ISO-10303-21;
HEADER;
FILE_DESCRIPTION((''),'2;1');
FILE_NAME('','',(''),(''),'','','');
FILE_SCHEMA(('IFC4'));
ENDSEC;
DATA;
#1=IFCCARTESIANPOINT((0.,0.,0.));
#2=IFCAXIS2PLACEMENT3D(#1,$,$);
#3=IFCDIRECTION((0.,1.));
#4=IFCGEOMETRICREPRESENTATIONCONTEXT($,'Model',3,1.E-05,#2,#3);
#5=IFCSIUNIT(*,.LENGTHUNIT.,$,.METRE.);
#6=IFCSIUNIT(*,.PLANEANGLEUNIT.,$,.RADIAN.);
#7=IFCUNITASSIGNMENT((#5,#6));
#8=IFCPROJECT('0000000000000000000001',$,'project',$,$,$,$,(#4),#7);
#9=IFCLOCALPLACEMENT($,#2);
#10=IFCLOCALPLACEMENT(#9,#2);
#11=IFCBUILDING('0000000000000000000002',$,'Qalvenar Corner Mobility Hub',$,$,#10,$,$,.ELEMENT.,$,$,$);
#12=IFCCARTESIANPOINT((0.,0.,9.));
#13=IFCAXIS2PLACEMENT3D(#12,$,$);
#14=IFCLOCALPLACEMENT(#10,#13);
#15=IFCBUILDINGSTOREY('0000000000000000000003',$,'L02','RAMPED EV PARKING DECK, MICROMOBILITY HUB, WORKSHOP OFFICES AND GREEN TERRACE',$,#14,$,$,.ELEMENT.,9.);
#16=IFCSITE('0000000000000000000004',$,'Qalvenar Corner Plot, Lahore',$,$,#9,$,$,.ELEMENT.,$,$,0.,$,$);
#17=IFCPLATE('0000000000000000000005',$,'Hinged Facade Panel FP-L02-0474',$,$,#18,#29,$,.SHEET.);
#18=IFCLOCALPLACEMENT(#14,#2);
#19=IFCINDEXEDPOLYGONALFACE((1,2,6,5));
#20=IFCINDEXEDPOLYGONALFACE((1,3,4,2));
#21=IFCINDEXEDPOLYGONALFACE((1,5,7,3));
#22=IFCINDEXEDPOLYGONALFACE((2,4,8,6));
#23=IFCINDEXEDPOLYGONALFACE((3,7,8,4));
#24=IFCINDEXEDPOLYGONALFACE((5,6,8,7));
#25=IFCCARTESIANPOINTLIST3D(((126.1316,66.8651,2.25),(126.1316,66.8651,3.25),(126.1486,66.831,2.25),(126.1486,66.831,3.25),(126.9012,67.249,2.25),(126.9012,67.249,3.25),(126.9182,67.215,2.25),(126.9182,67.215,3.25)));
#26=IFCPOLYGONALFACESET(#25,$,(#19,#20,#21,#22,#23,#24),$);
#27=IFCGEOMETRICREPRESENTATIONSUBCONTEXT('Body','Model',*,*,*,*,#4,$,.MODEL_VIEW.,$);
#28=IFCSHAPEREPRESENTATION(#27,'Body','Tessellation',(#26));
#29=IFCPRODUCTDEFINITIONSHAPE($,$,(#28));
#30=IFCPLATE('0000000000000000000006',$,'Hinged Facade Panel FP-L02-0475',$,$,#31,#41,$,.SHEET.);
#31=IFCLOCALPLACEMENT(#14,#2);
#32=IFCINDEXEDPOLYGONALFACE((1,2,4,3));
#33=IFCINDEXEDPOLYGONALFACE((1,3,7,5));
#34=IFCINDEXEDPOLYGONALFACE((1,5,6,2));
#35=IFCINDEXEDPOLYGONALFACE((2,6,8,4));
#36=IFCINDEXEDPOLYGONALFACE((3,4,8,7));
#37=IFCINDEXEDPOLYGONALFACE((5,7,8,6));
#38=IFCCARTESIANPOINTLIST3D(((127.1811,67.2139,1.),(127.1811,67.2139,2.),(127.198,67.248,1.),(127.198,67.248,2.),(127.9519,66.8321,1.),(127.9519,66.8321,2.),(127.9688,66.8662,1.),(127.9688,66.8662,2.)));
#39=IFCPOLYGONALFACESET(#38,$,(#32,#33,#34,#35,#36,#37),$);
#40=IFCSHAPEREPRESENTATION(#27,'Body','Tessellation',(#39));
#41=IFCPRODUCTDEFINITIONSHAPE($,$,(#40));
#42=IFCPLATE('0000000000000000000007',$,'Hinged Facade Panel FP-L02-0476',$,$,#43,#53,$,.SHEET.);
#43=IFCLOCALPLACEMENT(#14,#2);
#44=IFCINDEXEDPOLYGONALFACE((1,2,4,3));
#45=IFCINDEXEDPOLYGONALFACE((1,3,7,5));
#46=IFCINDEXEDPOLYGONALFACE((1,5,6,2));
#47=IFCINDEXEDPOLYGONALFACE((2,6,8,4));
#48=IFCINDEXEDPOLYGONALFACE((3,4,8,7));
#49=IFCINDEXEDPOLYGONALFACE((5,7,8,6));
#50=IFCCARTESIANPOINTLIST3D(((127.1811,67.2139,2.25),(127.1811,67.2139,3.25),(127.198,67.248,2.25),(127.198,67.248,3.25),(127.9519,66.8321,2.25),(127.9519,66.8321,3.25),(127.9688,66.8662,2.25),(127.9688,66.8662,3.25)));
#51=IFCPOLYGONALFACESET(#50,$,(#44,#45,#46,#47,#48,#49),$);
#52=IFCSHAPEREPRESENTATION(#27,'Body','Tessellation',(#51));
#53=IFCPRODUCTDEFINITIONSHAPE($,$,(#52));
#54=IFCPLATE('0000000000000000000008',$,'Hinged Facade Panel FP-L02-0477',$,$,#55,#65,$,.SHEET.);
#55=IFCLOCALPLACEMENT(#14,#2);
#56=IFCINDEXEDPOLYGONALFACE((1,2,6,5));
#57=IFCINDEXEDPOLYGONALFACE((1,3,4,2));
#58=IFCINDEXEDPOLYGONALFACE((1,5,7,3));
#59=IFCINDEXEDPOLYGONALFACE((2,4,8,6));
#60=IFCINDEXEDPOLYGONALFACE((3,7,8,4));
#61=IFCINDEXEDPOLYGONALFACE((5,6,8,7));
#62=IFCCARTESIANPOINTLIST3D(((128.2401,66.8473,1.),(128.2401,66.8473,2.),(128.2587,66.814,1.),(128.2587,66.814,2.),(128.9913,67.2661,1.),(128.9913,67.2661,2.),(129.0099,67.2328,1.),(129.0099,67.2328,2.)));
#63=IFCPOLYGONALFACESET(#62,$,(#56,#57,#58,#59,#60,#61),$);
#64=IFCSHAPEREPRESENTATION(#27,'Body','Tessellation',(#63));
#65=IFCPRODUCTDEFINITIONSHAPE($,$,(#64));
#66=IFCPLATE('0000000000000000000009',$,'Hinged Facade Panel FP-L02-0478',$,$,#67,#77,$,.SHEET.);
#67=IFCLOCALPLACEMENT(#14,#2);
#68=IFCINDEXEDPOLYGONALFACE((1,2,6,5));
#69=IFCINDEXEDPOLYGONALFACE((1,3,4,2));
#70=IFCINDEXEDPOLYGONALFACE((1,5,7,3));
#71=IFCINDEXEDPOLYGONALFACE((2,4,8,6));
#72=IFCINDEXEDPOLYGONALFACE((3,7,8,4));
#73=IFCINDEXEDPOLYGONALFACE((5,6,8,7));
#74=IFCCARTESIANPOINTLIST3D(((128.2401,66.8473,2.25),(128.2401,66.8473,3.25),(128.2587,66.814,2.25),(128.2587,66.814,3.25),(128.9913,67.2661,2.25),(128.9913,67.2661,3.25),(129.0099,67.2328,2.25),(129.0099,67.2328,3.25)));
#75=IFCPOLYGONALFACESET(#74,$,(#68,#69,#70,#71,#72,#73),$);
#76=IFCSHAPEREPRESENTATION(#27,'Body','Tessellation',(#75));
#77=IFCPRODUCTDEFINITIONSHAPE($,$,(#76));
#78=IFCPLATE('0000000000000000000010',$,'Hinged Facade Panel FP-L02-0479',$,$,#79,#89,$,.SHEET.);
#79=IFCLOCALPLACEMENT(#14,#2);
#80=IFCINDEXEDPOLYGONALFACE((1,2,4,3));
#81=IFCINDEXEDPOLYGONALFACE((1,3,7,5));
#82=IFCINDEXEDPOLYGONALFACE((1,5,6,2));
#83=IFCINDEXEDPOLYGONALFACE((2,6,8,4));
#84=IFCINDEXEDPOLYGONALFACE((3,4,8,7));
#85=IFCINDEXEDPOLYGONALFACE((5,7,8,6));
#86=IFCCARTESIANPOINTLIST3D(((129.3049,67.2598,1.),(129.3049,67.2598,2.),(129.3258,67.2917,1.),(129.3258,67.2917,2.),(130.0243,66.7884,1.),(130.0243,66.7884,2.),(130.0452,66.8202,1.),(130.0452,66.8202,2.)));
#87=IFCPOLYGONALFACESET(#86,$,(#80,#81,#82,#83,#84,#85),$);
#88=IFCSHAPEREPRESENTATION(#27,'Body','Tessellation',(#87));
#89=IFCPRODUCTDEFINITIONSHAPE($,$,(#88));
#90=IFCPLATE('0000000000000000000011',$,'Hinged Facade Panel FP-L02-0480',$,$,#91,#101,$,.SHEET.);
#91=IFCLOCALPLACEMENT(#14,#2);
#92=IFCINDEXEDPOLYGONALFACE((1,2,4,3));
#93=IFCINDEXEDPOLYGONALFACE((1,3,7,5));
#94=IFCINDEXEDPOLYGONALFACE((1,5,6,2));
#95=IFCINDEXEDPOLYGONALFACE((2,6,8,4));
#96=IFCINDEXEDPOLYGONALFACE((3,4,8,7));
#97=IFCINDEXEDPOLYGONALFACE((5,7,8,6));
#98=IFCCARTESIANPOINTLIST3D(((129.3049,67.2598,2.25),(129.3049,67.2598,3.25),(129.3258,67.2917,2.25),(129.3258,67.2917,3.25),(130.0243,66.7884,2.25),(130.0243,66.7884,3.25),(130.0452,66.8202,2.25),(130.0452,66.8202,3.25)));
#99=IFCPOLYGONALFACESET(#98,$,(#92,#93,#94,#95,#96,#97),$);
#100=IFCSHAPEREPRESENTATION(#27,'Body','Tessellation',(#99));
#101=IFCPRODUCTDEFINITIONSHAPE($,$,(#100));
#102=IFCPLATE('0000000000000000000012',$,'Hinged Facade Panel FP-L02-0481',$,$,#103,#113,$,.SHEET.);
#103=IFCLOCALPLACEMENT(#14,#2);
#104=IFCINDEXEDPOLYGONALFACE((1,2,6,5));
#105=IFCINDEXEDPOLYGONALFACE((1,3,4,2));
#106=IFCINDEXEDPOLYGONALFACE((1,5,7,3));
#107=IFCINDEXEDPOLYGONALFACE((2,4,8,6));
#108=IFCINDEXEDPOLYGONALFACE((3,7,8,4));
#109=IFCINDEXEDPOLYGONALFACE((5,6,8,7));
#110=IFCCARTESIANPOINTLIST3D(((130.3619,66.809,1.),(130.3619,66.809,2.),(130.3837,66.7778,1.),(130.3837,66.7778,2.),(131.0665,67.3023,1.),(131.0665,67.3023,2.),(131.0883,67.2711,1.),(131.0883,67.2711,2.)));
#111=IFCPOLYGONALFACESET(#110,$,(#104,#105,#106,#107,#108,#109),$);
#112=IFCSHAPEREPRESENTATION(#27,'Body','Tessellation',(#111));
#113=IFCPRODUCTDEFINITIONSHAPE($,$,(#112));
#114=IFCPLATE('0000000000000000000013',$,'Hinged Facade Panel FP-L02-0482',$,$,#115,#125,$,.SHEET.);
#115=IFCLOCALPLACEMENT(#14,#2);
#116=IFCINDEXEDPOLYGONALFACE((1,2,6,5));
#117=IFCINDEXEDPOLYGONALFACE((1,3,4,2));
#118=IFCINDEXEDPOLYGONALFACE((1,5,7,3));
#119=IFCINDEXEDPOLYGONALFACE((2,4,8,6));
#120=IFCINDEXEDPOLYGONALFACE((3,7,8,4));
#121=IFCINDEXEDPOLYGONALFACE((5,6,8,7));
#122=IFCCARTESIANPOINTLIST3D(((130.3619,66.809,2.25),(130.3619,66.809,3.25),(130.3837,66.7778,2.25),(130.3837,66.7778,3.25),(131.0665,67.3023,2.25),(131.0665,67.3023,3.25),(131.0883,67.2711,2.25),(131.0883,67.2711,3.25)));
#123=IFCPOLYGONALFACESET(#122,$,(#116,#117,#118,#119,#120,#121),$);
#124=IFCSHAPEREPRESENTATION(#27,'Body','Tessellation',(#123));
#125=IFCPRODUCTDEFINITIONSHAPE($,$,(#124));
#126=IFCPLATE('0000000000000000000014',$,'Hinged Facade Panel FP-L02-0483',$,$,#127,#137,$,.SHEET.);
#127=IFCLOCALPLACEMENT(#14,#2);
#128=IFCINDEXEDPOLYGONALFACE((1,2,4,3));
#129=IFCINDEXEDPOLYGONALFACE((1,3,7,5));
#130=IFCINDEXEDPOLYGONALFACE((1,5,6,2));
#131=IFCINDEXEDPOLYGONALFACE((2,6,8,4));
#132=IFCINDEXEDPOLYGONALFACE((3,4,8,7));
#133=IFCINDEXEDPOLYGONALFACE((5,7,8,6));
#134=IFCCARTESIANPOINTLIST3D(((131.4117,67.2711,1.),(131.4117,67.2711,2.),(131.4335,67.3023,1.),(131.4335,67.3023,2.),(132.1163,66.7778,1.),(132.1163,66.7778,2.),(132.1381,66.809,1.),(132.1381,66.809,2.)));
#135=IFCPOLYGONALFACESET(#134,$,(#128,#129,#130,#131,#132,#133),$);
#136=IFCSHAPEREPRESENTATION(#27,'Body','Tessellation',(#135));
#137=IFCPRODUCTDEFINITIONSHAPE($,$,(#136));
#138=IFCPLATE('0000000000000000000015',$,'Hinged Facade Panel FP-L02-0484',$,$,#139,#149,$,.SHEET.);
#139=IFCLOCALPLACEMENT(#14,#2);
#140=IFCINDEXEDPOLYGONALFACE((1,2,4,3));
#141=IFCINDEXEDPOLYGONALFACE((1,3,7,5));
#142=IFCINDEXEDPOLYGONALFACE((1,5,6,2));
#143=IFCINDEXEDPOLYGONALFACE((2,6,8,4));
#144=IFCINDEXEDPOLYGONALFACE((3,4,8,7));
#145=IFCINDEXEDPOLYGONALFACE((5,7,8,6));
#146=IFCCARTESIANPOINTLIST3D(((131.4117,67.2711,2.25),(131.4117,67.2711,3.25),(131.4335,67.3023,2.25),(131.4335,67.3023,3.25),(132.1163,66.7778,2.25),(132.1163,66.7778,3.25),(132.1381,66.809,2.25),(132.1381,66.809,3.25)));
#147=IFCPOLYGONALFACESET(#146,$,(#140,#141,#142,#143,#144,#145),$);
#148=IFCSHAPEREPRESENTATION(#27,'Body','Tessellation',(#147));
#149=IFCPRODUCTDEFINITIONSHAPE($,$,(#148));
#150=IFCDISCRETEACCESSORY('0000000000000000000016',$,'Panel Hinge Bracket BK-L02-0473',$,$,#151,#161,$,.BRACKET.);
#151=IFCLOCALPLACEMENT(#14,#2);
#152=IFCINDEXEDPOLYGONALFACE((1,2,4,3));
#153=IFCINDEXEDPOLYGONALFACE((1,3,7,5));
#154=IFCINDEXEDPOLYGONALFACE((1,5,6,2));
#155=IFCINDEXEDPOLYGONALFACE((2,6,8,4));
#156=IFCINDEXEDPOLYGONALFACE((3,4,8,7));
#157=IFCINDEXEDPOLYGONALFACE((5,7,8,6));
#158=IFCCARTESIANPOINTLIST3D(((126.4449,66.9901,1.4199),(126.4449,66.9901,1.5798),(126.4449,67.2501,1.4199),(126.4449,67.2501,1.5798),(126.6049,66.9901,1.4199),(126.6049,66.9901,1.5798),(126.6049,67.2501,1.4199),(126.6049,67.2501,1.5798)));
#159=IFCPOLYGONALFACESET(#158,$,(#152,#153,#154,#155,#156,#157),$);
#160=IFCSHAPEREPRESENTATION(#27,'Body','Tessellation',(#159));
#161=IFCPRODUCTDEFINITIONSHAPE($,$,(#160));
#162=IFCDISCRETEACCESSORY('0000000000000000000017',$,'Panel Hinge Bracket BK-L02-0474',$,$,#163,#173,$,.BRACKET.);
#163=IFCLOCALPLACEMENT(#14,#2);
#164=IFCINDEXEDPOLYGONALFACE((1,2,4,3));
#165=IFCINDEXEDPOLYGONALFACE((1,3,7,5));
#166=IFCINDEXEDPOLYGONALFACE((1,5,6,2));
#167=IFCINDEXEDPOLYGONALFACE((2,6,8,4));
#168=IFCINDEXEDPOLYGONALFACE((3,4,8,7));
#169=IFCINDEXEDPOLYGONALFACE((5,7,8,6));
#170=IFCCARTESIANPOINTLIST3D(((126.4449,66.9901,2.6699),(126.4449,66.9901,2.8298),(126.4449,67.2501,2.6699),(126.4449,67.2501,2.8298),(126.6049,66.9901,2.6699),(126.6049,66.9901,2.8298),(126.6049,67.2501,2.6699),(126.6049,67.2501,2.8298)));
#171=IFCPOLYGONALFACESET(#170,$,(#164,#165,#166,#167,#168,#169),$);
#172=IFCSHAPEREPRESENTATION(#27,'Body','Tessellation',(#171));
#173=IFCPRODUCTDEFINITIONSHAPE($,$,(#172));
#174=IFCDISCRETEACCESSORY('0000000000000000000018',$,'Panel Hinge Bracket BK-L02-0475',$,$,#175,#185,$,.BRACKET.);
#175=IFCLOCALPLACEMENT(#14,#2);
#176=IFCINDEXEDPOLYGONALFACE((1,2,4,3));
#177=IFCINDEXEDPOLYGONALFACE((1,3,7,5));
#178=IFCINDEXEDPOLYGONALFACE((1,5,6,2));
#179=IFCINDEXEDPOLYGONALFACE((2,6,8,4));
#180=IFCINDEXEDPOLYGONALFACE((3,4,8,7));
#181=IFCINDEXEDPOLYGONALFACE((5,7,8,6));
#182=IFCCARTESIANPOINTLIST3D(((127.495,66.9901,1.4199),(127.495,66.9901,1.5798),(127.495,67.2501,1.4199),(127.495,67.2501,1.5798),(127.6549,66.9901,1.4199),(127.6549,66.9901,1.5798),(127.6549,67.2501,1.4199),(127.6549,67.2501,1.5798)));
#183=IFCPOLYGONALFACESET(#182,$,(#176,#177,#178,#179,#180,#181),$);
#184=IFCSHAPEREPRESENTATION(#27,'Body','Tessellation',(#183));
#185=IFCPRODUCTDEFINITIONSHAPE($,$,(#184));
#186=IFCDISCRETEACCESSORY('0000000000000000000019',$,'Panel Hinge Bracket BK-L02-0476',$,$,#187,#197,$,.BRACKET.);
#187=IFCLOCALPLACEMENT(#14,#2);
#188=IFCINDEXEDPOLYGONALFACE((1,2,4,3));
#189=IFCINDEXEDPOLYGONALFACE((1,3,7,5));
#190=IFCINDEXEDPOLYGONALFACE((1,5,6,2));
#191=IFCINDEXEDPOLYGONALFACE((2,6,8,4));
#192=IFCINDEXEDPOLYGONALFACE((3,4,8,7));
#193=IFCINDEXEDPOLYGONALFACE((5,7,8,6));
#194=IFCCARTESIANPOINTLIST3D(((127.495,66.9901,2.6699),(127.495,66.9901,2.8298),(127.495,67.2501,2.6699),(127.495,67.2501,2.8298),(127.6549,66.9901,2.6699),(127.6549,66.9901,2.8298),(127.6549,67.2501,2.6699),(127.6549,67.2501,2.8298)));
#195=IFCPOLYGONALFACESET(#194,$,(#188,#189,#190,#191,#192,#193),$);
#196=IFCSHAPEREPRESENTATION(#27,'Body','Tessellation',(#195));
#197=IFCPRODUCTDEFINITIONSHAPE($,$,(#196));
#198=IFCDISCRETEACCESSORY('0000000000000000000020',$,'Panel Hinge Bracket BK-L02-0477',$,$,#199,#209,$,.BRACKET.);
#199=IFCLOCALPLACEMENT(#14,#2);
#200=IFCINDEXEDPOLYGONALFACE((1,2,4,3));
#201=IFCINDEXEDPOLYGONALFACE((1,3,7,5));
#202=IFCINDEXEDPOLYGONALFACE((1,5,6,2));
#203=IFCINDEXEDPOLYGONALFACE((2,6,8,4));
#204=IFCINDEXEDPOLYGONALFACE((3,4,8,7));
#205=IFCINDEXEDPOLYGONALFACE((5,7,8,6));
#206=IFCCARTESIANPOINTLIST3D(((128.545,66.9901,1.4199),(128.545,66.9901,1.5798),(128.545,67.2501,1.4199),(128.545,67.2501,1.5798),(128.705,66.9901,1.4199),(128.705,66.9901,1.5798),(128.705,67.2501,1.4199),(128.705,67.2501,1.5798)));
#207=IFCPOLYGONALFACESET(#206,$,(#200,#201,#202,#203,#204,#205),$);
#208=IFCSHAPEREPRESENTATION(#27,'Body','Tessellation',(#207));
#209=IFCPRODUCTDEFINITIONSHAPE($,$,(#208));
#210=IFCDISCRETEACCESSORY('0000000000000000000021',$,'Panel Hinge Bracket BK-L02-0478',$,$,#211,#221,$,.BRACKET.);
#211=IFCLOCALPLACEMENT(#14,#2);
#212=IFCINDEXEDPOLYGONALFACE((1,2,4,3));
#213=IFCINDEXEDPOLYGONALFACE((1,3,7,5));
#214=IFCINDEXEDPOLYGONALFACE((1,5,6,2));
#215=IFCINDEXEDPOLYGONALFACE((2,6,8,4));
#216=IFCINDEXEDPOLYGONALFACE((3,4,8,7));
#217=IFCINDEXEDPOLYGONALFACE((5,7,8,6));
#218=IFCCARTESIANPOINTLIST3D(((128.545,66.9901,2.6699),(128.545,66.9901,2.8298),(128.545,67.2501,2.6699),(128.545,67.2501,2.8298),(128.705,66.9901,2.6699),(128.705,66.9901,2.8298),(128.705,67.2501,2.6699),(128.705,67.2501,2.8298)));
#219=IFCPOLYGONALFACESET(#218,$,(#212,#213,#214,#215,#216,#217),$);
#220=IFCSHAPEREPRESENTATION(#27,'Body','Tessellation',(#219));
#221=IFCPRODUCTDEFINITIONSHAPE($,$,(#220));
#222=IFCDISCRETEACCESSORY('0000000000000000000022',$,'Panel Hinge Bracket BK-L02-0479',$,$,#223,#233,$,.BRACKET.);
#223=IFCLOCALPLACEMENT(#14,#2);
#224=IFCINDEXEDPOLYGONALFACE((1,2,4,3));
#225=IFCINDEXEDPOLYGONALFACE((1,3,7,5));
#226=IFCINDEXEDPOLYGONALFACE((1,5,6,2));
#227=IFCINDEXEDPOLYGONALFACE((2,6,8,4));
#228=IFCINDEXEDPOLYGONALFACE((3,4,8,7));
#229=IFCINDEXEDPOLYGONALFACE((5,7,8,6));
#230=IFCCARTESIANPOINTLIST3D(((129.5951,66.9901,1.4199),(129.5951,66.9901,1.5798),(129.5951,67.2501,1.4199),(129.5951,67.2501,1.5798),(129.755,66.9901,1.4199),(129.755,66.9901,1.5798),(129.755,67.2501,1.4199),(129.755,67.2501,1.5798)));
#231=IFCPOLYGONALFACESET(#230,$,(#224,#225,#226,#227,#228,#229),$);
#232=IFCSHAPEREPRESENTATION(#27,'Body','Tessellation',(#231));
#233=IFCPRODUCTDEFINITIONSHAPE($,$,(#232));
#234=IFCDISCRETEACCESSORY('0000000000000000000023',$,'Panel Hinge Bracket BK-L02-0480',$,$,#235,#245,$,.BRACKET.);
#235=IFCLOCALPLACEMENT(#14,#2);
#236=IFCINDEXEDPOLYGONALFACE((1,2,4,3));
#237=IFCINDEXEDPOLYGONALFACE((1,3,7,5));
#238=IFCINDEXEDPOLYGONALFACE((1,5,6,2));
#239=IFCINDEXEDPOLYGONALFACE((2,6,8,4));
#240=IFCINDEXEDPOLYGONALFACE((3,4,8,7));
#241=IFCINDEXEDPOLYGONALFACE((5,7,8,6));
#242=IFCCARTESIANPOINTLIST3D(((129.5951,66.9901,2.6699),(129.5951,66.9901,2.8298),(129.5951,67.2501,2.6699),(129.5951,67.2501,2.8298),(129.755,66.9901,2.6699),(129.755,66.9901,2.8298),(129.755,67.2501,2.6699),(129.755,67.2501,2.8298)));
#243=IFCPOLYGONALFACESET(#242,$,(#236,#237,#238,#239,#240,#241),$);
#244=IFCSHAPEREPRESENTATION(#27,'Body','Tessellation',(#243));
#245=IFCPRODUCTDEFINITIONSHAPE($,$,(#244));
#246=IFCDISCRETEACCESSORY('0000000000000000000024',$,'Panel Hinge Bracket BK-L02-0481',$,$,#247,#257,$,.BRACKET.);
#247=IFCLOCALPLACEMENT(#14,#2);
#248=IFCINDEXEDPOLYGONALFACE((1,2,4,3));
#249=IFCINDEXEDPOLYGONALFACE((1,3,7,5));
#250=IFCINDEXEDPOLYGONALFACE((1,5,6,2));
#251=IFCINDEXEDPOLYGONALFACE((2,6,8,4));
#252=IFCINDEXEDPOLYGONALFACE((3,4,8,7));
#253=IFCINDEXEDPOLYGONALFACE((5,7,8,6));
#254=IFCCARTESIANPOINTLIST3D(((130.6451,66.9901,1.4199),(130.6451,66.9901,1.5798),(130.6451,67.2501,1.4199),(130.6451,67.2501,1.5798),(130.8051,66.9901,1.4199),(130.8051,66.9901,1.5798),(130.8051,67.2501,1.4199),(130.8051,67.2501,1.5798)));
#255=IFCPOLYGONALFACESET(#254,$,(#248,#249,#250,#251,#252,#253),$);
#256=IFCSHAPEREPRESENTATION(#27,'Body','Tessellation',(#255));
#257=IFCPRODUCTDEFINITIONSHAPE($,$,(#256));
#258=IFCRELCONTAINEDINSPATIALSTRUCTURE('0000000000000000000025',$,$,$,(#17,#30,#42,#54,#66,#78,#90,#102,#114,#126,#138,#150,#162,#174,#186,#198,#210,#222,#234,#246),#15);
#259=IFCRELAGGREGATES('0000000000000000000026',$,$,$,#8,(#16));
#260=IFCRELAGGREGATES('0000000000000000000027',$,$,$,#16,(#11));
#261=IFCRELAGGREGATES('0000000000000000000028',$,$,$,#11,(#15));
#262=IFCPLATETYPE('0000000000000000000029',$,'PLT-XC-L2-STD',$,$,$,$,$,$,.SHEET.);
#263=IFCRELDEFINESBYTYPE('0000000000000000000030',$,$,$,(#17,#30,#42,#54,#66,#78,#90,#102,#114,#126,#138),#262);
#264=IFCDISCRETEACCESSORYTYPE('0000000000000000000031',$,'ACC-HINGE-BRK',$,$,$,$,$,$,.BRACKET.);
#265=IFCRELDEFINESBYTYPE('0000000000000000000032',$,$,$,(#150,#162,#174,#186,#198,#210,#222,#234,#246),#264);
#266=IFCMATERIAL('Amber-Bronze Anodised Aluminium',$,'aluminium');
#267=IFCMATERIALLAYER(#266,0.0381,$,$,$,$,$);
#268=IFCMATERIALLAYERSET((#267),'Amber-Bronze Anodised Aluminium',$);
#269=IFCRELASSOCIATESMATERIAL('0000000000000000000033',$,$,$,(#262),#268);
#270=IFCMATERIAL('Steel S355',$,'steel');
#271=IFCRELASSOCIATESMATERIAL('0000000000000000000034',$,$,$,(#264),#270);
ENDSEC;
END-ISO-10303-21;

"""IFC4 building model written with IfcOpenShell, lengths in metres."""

from ifc_helpers import new_model, si_unit, direction, frame, origin, origin_2d, place, context, subcontext, project, spatial, rectangle, extrude, material, layer, layer_set, type_object, element, save


model = new_model("IFC4")

# Units and contexts
model_context = context("Model", 3, precision=1e-05, world=origin(), true_north=direction((0.0, 1.0)))
body_context = subcontext(model_context, "Body", "Model", "MODEL_VIEW")
ifc_project = project(units=[si_unit("LENGTHUNIT", "METRE"), si_unit("PLANEANGLEUNIT", "RADIAN")], contexts=[model_context])

# Site, building, storey
site_placement = place(None, origin())
site = spatial("IfcSite", under=ifc_project, at=site_placement, Name="Qalvenar Corner Plot, Lahore", CompositionType="ELEMENT", RefElevation=0.0)
building_placement = place(site_placement, origin())
building = spatial("IfcBuilding", under=site, at=building_placement, Name="Qalvenar Corner Mobility Hub", CompositionType="ELEMENT")
storey_placement = place(building_placement, frame((0.0, 0.0, 9.0)))
storey = spatial("IfcBuildingStorey", under=building, at=storey_placement, Name="L02", Description="RAMPED EV PARKING DECK, MICROMOBILITY HUB, WORKSHOP OFFICES AND GREEN TERRACE", CompositionType="ELEMENT", Elevation=9.0)

# Shared definitions
ifc_material_1 = material(Name="Steel S355", Category="steel")

# Plates
ifc_material_2 = material(Name="Amber-Bronze Anodised Aluminium", Category="aluminium")
ifc_layer_1 = layer(ifc_material_2, 0.0381)
ifc_layer_set_1 = layer_set([ifc_layer_1], Name="Amber-Bronze Anodised Aluminium")
plate_type_1 = type_object("IfcPlateType", Name="PLT-XC-L2-STD", PredefinedType="SHEET", material=ifc_layer_set_1)
for number, where, z_axis, x_axis, name in (
    (1, (126.5249, 67.04, 2.25), (0.0, 0.0, 1.0), (0.894856, 0.446354, 0.0), "Hinged Facade Panel FP-L02-0474"),
    (2, (127.575, 67.04, 1.0), (0.0, 0.0, 1.0), (0.896099, -0.443853, 0.0), "Hinged Facade Panel FP-L02-0475"),
    (3, (127.575, 67.04, 2.25), (0.0, 0.0, 1.0), (0.896099, -0.443853, 0.0), "Hinged Facade Panel FP-L02-0476"),
    (4, (128.625, 67.04, 1.0), (0.0, 0.0, 1.0), (0.873432, 0.486945, 0.0), "Hinged Facade Panel FP-L02-0477"),
    (5, (128.625, 67.04, 2.25), (0.0, 0.0, 1.0), (0.873432, 0.486945, 0.0), "Hinged Facade Panel FP-L02-0478"),
    (6, (129.675, 67.04, 1.0), (0.0, 0.0, 1.0), (0.836382, -0.548147, 0.0), "Hinged Facade Panel FP-L02-0479"),
    (7, (129.675, 67.04, 2.25), (0.0, 0.0, 1.0), (0.836382, -0.548147, 0.0), "Hinged Facade Panel FP-L02-0480"),
    (8, (130.7251, 67.04, 1.0), (0.0, 0.0, 1.0), (0.819152, 0.573576, 0.0), "Hinged Facade Panel FP-L02-0481"),
    (9, (130.7251, 67.04, 2.25), (0.0, 0.0, 1.0), (0.819152, 0.573576, 0.0), "Hinged Facade Panel FP-L02-0482"),
    (10, (131.7749, 67.04, 1.0), (0.0, 0.0, 1.0), (0.819152, -0.573576, 0.0), "Hinged Facade Panel FP-L02-0483"),
    (11, (131.7749, 67.04, 2.25), (0.0, 0.0, 1.0), (0.819152, -0.573576, 0.0), "Hinged Facade Panel FP-L02-0484"),
):
    element("IfcPlate", number, at=place(storey_placement, frame(where, z_axis=z_axis, x_axis=x_axis)), inside=storey, type_object=plate_type_1, Name=name, PredefinedType="SHEET", context=body_context, shape_type="SweptSolid", body=[
        extrude(rectangle(XDim=0.8601, YDim=0.0381, at=origin_2d()), origin(), (0.0, 0.0, 1.0), 1.0),
    ])

# Discrete accessories
discrete_accessory_type = type_object("IfcDiscreteAccessoryType", Name="ACC-HINGE-BRK", PredefinedType="BRACKET", material=ifc_material_1)
for number, where, z_axis, x_axis, name in (
    (12, (126.5249, 67.1201, 1.4199), (0.0, 0.0, 1.0), (1.0, 0.0, 0.0), "Panel Hinge Bracket BK-L02-0473"),
    (13, (126.5249, 67.1201, 2.6699), (0.0, 0.0, 1.0), (1.0, 0.0, 0.0), "Panel Hinge Bracket BK-L02-0474"),
    (14, (127.575, 67.1201, 1.4199), (0.0, 0.0, 1.0), (1.0, 0.0, 0.0), "Panel Hinge Bracket BK-L02-0475"),
    (15, (127.575, 67.1201, 2.6699), (0.0, 0.0, 1.0), (1.0, 0.0, 0.0), "Panel Hinge Bracket BK-L02-0476"),
    (16, (128.625, 67.1201, 1.4199), (0.0, 0.0, 1.0), (1.0, 0.0, 0.0), "Panel Hinge Bracket BK-L02-0477"),
    (17, (128.625, 67.1201, 2.6699), (0.0, 0.0, 1.0), (1.0, 0.0, 0.0), "Panel Hinge Bracket BK-L02-0478"),
    (18, (129.675, 67.1201, 1.4199), (0.0, 0.0, 1.0), (1.0, 0.0, 0.0), "Panel Hinge Bracket BK-L02-0479"),
    (19, (129.675, 67.1201, 2.6699), (0.0, 0.0, 1.0), (1.0, 0.0, 0.0), "Panel Hinge Bracket BK-L02-0480"),
    (20, (130.7251, 67.1201, 1.4199), (0.0, 0.0, 1.0), (1.0, 0.0, 0.0), "Panel Hinge Bracket BK-L02-0481"),
):
    element("IfcDiscreteAccessory", number, at=place(storey_placement, frame(where, z_axis=z_axis, x_axis=x_axis)), inside=storey, type_object=discrete_accessory_type, Name=name, PredefinedType="BRACKET", context=body_context, shape_type="SweptSolid", body=[
        extrude(rectangle(XDim=0.1599, YDim=0.26, at=origin_2d()), origin(), (0.0, 0.0, 1.0), 0.1599),
    ])

save(model, "model.ifc")
